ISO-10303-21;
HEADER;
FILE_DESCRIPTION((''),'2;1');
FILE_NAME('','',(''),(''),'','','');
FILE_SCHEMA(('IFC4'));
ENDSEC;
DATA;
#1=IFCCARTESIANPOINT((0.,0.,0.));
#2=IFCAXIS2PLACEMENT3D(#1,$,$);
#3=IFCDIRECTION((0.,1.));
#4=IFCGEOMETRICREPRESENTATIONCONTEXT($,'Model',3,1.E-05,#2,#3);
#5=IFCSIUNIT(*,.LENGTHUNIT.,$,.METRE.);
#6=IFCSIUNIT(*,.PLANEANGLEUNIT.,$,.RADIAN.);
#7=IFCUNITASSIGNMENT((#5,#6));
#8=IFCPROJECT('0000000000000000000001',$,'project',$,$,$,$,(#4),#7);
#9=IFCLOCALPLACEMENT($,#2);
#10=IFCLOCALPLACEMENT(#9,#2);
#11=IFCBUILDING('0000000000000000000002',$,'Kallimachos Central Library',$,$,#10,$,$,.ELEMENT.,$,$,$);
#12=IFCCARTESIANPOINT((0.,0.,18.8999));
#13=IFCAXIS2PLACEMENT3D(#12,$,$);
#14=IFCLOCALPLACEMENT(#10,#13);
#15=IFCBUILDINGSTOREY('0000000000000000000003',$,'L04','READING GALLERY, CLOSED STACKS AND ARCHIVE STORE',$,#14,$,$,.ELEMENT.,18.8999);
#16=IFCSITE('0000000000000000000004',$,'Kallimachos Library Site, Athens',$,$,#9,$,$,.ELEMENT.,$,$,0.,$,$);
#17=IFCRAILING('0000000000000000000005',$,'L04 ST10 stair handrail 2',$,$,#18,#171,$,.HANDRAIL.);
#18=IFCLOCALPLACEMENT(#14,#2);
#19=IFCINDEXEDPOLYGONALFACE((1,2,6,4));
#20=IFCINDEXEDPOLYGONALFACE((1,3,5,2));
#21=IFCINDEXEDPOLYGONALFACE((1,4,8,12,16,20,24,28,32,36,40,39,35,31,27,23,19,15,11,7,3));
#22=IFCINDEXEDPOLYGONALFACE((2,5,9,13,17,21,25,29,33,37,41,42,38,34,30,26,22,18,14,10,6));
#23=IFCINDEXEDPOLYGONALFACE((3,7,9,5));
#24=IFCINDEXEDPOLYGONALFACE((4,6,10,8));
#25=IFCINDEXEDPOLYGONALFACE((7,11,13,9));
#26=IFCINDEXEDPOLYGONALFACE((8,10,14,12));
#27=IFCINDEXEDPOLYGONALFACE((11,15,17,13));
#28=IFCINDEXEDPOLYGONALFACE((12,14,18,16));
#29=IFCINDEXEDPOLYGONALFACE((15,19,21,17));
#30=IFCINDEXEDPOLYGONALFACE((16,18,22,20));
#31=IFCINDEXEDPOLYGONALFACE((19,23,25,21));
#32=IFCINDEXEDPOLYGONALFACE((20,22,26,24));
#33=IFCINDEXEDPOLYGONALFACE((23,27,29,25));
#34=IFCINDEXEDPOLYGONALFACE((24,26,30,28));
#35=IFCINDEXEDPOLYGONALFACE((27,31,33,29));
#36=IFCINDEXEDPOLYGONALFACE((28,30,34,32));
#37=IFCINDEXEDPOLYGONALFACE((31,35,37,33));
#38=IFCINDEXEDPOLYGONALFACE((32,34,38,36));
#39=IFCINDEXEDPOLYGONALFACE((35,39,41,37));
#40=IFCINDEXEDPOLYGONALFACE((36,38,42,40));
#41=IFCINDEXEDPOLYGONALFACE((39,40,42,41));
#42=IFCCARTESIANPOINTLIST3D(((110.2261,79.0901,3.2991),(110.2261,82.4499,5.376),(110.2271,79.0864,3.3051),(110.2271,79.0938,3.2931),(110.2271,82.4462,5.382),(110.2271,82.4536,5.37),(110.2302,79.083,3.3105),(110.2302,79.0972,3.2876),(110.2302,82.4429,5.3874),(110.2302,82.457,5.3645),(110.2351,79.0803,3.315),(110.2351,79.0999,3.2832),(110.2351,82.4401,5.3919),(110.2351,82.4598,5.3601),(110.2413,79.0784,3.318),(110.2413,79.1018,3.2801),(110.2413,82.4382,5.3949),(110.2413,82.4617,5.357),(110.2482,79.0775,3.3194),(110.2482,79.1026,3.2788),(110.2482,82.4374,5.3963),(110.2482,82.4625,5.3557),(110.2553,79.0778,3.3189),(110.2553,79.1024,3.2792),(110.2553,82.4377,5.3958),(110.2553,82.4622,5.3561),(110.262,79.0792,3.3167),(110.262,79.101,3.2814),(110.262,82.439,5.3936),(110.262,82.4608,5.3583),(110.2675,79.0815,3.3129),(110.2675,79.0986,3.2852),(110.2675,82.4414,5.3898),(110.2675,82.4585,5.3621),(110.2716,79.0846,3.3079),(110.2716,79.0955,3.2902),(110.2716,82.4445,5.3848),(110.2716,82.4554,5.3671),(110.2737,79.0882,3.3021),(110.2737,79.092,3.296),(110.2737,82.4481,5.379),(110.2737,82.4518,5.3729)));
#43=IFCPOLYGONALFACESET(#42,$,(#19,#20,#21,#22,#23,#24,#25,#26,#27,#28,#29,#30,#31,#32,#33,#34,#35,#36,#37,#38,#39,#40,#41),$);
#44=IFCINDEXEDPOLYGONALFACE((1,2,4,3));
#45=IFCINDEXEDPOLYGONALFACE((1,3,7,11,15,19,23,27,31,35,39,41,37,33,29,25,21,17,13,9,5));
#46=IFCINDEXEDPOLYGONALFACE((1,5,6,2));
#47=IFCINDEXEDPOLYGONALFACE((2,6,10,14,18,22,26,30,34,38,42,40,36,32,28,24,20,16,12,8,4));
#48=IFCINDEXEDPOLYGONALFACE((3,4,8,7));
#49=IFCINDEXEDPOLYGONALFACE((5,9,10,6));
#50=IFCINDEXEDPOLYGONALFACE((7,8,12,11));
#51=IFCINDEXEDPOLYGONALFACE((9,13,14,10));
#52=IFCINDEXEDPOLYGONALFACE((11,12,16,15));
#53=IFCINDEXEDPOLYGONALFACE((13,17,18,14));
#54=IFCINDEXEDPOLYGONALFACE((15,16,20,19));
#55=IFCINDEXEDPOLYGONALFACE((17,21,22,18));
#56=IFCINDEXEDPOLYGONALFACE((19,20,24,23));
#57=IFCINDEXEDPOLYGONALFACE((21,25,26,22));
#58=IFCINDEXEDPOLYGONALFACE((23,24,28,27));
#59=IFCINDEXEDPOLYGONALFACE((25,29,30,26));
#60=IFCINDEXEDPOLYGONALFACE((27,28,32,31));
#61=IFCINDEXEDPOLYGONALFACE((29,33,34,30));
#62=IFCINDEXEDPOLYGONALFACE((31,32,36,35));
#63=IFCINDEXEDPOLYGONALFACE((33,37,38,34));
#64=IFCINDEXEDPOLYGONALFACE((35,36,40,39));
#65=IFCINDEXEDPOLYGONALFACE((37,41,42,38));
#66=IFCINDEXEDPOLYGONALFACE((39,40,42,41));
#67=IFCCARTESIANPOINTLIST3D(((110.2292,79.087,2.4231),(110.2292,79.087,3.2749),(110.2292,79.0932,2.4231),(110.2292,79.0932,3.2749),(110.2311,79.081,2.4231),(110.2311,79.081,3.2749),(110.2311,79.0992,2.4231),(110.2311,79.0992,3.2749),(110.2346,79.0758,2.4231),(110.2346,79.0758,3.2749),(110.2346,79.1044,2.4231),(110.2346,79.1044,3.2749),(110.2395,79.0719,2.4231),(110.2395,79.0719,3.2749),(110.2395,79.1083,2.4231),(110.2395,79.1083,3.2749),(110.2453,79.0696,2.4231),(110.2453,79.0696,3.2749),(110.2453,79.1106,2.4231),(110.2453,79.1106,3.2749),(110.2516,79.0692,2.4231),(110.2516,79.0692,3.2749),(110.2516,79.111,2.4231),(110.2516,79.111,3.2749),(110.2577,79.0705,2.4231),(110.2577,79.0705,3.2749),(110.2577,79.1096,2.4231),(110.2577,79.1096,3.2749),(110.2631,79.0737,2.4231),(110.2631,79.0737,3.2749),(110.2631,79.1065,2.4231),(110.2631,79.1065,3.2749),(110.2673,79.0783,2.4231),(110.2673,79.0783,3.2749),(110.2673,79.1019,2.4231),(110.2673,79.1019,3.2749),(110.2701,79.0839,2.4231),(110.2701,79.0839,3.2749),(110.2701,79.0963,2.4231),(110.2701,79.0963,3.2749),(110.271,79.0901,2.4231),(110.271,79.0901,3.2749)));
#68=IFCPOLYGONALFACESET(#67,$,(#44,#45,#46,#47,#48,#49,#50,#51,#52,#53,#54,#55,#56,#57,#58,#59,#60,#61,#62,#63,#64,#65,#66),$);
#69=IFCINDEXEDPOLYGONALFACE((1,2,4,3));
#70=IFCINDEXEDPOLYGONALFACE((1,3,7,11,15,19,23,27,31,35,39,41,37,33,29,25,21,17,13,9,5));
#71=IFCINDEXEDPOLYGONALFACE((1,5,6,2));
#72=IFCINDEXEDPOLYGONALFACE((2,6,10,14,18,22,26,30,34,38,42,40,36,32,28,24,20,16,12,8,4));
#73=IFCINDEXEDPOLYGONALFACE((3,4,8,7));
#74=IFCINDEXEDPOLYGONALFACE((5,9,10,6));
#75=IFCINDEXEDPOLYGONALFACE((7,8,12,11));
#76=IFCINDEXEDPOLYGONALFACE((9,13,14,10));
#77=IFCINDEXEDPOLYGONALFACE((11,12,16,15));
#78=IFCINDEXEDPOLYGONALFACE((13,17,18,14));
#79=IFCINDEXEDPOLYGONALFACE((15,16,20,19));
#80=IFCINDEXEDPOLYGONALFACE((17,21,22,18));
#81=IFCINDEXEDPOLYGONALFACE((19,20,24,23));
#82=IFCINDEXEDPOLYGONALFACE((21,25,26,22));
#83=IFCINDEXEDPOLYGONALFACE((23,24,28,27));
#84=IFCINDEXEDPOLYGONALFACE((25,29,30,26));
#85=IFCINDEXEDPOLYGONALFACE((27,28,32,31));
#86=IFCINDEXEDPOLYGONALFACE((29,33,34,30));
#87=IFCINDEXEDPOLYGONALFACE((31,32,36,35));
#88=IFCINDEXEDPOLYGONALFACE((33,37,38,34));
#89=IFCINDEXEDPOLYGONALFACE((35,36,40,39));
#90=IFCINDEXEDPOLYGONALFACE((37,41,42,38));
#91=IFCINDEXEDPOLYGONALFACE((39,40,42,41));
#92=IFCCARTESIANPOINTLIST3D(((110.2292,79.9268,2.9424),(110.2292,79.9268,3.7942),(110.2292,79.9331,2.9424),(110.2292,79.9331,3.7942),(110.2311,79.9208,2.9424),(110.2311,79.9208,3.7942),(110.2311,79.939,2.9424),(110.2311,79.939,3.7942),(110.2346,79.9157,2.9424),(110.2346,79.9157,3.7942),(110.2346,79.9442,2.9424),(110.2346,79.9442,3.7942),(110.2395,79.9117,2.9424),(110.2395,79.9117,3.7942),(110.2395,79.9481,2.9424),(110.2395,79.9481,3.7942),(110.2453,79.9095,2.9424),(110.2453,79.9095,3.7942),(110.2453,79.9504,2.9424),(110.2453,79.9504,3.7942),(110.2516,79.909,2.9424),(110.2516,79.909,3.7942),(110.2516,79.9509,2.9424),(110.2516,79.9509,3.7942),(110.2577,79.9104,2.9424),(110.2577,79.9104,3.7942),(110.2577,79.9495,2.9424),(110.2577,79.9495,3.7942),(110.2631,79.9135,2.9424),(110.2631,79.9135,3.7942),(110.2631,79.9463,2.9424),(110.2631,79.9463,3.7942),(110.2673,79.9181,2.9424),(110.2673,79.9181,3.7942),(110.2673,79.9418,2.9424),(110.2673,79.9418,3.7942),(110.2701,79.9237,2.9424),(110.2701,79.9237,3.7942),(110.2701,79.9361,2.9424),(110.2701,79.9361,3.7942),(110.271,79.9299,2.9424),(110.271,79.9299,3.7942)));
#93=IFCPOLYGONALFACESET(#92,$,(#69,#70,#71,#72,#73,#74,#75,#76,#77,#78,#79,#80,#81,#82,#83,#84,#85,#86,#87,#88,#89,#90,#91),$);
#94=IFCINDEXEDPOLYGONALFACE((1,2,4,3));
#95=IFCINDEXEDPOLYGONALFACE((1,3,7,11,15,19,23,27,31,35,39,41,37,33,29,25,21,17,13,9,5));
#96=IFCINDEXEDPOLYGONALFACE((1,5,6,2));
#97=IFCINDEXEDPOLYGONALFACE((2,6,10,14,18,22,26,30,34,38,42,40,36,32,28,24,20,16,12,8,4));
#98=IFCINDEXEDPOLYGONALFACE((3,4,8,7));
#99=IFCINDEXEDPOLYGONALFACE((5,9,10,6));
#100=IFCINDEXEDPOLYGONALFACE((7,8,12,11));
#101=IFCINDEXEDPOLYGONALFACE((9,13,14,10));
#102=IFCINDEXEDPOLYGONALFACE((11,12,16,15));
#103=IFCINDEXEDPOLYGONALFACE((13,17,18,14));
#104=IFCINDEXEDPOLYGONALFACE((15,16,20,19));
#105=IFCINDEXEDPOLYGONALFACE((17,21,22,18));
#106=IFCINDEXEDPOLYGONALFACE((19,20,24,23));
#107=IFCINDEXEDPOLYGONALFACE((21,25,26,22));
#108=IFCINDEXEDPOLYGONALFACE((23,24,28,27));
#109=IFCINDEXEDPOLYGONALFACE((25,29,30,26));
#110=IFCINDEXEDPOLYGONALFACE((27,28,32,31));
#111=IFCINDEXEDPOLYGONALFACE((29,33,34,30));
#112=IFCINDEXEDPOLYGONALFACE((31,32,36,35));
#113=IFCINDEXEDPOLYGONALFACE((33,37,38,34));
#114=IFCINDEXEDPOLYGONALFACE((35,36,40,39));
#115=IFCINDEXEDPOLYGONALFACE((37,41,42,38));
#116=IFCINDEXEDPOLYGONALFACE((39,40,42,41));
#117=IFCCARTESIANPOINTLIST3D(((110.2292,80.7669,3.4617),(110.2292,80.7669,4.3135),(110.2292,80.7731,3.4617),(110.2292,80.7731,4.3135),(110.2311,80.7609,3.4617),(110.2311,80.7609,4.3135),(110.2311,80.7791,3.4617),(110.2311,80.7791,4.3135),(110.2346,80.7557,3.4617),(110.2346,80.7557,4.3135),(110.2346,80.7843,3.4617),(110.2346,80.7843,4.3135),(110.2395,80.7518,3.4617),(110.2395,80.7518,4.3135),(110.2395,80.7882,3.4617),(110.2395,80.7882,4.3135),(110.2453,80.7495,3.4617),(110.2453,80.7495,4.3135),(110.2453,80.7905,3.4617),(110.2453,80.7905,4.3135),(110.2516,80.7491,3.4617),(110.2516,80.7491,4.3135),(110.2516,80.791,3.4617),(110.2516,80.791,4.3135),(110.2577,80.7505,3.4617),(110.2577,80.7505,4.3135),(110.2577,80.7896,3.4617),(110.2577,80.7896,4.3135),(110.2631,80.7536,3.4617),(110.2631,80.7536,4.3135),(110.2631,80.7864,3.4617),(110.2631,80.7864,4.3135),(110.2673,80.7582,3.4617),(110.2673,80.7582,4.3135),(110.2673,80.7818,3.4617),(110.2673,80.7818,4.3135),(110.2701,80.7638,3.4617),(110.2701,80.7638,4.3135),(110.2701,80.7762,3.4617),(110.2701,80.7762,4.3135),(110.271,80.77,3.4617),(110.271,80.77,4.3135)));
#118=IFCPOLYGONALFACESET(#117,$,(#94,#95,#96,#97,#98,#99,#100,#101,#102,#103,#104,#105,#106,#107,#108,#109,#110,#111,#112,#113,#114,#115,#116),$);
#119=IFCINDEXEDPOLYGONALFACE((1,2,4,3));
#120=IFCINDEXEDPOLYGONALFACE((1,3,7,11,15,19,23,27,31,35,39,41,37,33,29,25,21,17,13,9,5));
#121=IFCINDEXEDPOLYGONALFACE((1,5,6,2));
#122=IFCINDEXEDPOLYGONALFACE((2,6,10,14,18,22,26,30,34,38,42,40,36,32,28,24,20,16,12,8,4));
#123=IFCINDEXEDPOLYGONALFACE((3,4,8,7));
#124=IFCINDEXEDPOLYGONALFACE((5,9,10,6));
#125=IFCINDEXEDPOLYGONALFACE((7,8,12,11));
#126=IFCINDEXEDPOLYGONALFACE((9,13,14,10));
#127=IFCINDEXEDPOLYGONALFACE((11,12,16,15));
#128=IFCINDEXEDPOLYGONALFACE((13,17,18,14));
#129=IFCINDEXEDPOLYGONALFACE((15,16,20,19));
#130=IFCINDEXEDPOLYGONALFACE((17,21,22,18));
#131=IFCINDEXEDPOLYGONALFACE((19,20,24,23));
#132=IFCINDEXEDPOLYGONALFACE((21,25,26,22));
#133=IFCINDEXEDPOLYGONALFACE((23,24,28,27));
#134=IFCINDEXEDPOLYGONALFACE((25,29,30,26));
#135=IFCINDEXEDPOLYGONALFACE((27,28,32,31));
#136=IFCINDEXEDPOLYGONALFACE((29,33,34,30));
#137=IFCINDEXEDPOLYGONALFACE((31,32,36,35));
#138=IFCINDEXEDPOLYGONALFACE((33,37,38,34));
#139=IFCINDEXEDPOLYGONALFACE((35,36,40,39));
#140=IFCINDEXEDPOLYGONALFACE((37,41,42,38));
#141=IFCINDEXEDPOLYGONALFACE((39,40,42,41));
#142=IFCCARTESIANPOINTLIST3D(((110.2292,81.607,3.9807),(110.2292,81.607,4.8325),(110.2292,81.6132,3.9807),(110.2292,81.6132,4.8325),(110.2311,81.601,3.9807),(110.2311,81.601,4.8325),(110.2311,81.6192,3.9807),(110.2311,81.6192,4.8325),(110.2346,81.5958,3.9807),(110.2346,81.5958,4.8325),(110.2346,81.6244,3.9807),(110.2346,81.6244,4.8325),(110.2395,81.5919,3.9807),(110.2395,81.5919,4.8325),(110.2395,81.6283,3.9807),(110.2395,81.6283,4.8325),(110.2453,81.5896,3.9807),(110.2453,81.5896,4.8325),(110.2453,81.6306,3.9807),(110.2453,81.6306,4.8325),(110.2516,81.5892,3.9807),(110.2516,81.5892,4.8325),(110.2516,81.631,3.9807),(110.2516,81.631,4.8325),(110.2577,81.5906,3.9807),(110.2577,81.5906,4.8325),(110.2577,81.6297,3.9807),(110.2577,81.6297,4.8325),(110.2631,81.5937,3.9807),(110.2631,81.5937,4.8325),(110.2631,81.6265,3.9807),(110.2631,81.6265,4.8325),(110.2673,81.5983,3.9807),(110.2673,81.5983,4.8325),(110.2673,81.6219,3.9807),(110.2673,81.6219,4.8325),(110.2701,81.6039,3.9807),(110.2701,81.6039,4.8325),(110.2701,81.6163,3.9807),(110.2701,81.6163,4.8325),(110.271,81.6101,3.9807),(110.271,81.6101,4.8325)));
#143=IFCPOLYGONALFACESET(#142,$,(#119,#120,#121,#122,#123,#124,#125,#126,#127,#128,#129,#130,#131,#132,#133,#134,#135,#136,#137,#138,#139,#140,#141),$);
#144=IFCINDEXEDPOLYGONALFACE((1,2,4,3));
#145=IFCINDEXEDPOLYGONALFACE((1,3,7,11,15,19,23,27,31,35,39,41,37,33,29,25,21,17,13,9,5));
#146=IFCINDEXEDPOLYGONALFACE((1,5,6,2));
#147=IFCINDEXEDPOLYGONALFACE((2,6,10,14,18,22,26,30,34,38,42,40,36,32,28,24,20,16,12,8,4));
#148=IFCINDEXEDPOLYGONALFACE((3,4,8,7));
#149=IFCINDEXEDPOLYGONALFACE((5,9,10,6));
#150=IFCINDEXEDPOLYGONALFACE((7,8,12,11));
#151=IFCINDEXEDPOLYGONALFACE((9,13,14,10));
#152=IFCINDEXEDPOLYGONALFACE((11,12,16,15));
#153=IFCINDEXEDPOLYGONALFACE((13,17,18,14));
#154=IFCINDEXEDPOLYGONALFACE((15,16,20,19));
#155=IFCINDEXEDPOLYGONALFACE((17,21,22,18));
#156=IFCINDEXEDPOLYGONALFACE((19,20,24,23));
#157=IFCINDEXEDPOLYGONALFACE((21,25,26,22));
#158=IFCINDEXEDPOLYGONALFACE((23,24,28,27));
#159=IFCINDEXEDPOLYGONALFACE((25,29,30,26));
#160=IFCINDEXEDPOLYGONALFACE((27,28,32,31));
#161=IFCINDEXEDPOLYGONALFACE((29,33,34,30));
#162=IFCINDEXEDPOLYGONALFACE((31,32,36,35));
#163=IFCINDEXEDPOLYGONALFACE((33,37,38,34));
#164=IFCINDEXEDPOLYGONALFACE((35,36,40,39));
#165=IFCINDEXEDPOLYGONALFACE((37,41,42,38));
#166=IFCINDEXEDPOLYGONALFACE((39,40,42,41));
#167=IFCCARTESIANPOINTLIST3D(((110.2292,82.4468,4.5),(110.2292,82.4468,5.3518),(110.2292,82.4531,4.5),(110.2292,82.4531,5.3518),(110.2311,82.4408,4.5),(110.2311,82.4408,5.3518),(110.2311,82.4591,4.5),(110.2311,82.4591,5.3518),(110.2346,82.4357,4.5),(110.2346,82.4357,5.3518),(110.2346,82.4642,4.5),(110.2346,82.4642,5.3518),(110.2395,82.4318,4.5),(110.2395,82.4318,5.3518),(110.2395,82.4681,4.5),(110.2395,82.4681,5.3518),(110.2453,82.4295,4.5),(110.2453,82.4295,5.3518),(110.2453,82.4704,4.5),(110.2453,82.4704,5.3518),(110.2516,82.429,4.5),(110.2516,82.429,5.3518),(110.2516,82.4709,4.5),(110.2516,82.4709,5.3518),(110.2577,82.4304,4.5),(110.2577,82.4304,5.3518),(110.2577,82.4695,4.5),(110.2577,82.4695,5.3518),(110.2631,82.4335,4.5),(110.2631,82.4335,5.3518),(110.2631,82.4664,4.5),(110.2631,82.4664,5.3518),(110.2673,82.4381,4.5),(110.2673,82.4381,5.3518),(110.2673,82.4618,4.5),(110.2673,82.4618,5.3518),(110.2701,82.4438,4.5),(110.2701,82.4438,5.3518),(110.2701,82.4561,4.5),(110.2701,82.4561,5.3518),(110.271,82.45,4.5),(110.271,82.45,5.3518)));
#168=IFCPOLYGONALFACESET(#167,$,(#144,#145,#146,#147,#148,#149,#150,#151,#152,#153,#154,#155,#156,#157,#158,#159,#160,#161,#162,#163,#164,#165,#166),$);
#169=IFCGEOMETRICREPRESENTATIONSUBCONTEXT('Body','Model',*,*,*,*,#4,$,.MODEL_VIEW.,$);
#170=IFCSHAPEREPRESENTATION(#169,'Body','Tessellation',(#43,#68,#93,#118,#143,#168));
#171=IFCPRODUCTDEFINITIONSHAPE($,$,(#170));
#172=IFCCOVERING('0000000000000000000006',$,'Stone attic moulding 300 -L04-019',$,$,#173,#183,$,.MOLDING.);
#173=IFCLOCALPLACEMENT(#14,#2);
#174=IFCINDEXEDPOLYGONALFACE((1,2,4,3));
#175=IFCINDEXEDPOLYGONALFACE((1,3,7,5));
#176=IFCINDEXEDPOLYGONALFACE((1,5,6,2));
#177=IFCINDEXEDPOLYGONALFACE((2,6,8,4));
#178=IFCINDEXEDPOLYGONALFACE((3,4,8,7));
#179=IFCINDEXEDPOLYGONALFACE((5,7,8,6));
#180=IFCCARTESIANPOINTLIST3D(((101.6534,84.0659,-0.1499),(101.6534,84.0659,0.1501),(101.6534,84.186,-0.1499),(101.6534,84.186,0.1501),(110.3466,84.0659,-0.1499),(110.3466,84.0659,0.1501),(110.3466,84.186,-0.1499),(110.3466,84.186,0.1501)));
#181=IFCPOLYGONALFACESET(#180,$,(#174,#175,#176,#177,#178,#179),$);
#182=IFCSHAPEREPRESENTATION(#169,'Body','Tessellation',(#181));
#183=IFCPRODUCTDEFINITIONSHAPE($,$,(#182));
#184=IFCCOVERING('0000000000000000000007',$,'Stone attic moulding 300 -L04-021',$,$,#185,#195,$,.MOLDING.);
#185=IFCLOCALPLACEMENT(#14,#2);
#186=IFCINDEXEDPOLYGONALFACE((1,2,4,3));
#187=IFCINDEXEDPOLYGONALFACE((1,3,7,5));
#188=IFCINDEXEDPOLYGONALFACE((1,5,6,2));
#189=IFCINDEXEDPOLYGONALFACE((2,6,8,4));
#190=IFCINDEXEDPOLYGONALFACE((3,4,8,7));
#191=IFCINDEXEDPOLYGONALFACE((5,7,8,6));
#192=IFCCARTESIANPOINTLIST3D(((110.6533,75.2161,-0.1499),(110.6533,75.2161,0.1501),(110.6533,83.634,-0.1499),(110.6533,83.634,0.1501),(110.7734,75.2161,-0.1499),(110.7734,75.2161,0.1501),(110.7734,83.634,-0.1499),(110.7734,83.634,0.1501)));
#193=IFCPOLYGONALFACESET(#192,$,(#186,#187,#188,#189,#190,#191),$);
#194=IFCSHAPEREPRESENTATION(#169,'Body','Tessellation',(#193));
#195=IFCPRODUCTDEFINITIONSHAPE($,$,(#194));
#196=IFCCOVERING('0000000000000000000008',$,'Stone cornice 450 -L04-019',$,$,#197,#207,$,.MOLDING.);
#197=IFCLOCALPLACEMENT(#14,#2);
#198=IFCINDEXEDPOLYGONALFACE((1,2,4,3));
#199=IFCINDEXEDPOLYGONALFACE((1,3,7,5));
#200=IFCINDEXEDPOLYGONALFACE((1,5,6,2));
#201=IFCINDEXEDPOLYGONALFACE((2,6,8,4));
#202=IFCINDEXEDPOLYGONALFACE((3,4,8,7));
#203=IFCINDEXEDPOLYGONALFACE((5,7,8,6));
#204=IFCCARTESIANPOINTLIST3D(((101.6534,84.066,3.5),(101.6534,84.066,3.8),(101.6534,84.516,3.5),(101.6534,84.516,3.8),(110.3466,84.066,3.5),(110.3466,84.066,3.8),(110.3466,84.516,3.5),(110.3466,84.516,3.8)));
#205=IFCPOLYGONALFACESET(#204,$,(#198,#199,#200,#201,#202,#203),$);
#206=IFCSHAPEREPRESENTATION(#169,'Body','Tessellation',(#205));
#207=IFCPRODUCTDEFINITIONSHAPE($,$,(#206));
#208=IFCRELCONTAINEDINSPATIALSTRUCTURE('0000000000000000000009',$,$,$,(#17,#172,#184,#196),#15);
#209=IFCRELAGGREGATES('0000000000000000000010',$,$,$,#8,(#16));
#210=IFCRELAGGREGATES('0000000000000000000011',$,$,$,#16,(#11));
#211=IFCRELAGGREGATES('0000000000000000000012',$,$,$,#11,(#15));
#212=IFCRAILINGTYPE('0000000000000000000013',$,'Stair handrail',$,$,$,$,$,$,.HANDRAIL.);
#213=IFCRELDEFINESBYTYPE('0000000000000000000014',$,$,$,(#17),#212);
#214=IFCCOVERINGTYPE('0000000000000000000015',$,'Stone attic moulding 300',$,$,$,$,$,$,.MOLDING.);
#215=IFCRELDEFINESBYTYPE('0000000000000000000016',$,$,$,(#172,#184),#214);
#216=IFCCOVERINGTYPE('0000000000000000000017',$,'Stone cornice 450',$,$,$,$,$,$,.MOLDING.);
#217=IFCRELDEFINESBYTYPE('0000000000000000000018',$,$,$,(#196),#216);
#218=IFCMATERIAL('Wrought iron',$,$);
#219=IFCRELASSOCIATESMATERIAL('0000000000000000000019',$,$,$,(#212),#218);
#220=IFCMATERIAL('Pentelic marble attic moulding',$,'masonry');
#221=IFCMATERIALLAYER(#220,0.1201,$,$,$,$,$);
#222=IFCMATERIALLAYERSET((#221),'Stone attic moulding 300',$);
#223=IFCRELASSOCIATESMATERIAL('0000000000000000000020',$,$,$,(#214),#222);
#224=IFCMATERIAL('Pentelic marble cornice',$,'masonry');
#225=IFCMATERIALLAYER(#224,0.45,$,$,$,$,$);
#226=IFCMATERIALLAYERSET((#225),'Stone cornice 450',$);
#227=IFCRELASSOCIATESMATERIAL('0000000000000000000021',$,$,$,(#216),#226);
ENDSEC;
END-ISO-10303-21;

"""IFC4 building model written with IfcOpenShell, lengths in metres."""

from ifc_helpers import new_model, si_unit, direction, frame, origin, origin_2d, place, context, subcontext, project, spatial, rectangle, circle, extrude, material, layer, layer_set, type_object, element, save


model = new_model("IFC4")

# Units and contexts
model_context = context("Model", 3, precision=1e-05, world=origin(), true_north=direction((0.0, 1.0)))
body_context = subcontext(model_context, "Body", "Model", "MODEL_VIEW")
ifc_project = project(units=[si_unit("LENGTHUNIT", "METRE"), si_unit("PLANEANGLEUNIT", "RADIAN")], contexts=[model_context])

# Site, building, storey
site_placement = place(None, origin())
site = spatial("IfcSite", under=ifc_project, at=site_placement, Name="Kallimachos Library Site, Athens", CompositionType="ELEMENT", RefElevation=0.0)
building_placement = place(site_placement, origin())
building = spatial("IfcBuilding", under=site, at=building_placement, Name="Kallimachos Central Library", CompositionType="ELEMENT")
storey_placement = place(building_placement, frame((0.0, 0.0, 18.8999)))
storey = spatial("IfcBuildingStorey", under=building, at=storey_placement, Name="L04", Description="READING GALLERY, CLOSED STACKS AND ARCHIVE STORE", CompositionType="ELEMENT", Elevation=18.8999)

# Railing
ifc_material_1 = material(Name="Wrought iron")
railing_type_1 = type_object("IfcRailingType", Name="Stair handrail", PredefinedType="HANDRAIL", material=ifc_material_1)
railing_1_placement = place(storey_placement, frame((110.25, 79.0901, 2.4231)))
element("IfcRailing", 1, at=railing_1_placement, inside=storey, type_object=railing_type_1, Name="L04 ST10 stair handrail 2", PredefinedType="HANDRAIL", context=body_context, shape_type="SweptSolid", body=[
    extrude(circle(Radius=0.0239, at=origin_2d()), frame((0.0, 0.0, 0.876), z_axis=(0.0, 0.850606, 0.525803), x_axis=(-1.0, 0.0, 0.0)), (0.0, 0.0, 1.0), 3.95),
    extrude(circle(Radius=0.021, at=origin_2d()), origin(), (0.0, 0.0, 1.0), 0.8518),
    extrude(circle(Radius=0.021, at=origin_2d()), frame((0.0, 0.8398, 0.5193)), (0.0, 0.0, 1.0), 0.8518),
    extrude(circle(Radius=0.021, at=origin_2d()), frame((0.0, 1.6799, 1.0386)), (0.0, 0.0, 1.0), 0.8518),
    extrude(circle(Radius=0.021, at=origin_2d()), frame((0.0, 2.52, 1.5576)), (0.0, 0.0, 1.0), 0.8518),
    extrude(circle(Radius=0.021, at=origin_2d()), frame((0.0, 3.3599, 2.0769)), (0.0, 0.0, 1.0), 0.8518),
])

# Coverings
ifc_material_2 = material(Name="Pentelic marble attic moulding", Category="masonry")
ifc_layer_1 = layer(ifc_material_2, 0.1201)
ifc_layer_set_1 = layer_set([ifc_layer_1], Name="Stone attic moulding 300")
covering_type_1 = type_object("IfcCoveringType", Name="Stone attic moulding 300", PredefinedType="MOLDING", material=ifc_layer_set_1)
covering_1_placement = place(storey_placement, frame((106.0, 84.126, -0.1499), z_axis=(0.0, 0.0, 1.0), x_axis=(1.0, 0.0, 0.0)))
element("IfcCovering", 2, at=covering_1_placement, inside=storey, type_object=covering_type_1, Name="Stone attic moulding 300 -L04-019", PredefinedType="MOLDING", context=body_context, shape_type="SweptSolid", body=[
    extrude(rectangle(XDim=8.6931, YDim=0.1201, at=origin_2d()), origin(), (0.0, 0.0, 1.0), 0.3),
])
covering_2_placement = place(storey_placement, frame((110.7134, 79.425, -0.1499), z_axis=(0.0, 0.0, 1.0), x_axis=(1.0, 0.0, 0.0)))
element("IfcCovering", 3, at=covering_2_placement, inside=storey, type_object=covering_type_1, Name="Stone attic moulding 300 -L04-021", PredefinedType="MOLDING", context=body_context, shape_type="SweptSolid", body=[
    extrude(rectangle(XDim=0.1201, YDim=8.418, at=origin_2d()), origin(), (0.0, 0.0, 1.0), 0.3),
])
ifc_material_3 = material(Name="Pentelic marble cornice", Category="masonry")
ifc_layer_2 = layer(ifc_material_3, 0.45)
ifc_layer_set_2 = layer_set([ifc_layer_2], Name="Stone cornice 450")
covering_type_2 = type_object("IfcCoveringType", Name="Stone cornice 450", PredefinedType="MOLDING", material=ifc_layer_set_2)
covering_3_placement = place(storey_placement, frame((106.0, 84.291, 3.5), z_axis=(0.0, 0.0, 1.0), x_axis=(1.0, 0.0, 0.0)))
element("IfcCovering", 4, at=covering_3_placement, inside=storey, type_object=covering_type_2, Name="Stone cornice 450 -L04-019", PredefinedType="MOLDING", context=body_context, shape_type="SweptSolid", body=[
    extrude(rectangle(XDim=8.6931, YDim=0.45, at=origin_2d()), origin(), (0.0, 0.0, 1.0), 0.3),
])

save(model, "model.ifc")
